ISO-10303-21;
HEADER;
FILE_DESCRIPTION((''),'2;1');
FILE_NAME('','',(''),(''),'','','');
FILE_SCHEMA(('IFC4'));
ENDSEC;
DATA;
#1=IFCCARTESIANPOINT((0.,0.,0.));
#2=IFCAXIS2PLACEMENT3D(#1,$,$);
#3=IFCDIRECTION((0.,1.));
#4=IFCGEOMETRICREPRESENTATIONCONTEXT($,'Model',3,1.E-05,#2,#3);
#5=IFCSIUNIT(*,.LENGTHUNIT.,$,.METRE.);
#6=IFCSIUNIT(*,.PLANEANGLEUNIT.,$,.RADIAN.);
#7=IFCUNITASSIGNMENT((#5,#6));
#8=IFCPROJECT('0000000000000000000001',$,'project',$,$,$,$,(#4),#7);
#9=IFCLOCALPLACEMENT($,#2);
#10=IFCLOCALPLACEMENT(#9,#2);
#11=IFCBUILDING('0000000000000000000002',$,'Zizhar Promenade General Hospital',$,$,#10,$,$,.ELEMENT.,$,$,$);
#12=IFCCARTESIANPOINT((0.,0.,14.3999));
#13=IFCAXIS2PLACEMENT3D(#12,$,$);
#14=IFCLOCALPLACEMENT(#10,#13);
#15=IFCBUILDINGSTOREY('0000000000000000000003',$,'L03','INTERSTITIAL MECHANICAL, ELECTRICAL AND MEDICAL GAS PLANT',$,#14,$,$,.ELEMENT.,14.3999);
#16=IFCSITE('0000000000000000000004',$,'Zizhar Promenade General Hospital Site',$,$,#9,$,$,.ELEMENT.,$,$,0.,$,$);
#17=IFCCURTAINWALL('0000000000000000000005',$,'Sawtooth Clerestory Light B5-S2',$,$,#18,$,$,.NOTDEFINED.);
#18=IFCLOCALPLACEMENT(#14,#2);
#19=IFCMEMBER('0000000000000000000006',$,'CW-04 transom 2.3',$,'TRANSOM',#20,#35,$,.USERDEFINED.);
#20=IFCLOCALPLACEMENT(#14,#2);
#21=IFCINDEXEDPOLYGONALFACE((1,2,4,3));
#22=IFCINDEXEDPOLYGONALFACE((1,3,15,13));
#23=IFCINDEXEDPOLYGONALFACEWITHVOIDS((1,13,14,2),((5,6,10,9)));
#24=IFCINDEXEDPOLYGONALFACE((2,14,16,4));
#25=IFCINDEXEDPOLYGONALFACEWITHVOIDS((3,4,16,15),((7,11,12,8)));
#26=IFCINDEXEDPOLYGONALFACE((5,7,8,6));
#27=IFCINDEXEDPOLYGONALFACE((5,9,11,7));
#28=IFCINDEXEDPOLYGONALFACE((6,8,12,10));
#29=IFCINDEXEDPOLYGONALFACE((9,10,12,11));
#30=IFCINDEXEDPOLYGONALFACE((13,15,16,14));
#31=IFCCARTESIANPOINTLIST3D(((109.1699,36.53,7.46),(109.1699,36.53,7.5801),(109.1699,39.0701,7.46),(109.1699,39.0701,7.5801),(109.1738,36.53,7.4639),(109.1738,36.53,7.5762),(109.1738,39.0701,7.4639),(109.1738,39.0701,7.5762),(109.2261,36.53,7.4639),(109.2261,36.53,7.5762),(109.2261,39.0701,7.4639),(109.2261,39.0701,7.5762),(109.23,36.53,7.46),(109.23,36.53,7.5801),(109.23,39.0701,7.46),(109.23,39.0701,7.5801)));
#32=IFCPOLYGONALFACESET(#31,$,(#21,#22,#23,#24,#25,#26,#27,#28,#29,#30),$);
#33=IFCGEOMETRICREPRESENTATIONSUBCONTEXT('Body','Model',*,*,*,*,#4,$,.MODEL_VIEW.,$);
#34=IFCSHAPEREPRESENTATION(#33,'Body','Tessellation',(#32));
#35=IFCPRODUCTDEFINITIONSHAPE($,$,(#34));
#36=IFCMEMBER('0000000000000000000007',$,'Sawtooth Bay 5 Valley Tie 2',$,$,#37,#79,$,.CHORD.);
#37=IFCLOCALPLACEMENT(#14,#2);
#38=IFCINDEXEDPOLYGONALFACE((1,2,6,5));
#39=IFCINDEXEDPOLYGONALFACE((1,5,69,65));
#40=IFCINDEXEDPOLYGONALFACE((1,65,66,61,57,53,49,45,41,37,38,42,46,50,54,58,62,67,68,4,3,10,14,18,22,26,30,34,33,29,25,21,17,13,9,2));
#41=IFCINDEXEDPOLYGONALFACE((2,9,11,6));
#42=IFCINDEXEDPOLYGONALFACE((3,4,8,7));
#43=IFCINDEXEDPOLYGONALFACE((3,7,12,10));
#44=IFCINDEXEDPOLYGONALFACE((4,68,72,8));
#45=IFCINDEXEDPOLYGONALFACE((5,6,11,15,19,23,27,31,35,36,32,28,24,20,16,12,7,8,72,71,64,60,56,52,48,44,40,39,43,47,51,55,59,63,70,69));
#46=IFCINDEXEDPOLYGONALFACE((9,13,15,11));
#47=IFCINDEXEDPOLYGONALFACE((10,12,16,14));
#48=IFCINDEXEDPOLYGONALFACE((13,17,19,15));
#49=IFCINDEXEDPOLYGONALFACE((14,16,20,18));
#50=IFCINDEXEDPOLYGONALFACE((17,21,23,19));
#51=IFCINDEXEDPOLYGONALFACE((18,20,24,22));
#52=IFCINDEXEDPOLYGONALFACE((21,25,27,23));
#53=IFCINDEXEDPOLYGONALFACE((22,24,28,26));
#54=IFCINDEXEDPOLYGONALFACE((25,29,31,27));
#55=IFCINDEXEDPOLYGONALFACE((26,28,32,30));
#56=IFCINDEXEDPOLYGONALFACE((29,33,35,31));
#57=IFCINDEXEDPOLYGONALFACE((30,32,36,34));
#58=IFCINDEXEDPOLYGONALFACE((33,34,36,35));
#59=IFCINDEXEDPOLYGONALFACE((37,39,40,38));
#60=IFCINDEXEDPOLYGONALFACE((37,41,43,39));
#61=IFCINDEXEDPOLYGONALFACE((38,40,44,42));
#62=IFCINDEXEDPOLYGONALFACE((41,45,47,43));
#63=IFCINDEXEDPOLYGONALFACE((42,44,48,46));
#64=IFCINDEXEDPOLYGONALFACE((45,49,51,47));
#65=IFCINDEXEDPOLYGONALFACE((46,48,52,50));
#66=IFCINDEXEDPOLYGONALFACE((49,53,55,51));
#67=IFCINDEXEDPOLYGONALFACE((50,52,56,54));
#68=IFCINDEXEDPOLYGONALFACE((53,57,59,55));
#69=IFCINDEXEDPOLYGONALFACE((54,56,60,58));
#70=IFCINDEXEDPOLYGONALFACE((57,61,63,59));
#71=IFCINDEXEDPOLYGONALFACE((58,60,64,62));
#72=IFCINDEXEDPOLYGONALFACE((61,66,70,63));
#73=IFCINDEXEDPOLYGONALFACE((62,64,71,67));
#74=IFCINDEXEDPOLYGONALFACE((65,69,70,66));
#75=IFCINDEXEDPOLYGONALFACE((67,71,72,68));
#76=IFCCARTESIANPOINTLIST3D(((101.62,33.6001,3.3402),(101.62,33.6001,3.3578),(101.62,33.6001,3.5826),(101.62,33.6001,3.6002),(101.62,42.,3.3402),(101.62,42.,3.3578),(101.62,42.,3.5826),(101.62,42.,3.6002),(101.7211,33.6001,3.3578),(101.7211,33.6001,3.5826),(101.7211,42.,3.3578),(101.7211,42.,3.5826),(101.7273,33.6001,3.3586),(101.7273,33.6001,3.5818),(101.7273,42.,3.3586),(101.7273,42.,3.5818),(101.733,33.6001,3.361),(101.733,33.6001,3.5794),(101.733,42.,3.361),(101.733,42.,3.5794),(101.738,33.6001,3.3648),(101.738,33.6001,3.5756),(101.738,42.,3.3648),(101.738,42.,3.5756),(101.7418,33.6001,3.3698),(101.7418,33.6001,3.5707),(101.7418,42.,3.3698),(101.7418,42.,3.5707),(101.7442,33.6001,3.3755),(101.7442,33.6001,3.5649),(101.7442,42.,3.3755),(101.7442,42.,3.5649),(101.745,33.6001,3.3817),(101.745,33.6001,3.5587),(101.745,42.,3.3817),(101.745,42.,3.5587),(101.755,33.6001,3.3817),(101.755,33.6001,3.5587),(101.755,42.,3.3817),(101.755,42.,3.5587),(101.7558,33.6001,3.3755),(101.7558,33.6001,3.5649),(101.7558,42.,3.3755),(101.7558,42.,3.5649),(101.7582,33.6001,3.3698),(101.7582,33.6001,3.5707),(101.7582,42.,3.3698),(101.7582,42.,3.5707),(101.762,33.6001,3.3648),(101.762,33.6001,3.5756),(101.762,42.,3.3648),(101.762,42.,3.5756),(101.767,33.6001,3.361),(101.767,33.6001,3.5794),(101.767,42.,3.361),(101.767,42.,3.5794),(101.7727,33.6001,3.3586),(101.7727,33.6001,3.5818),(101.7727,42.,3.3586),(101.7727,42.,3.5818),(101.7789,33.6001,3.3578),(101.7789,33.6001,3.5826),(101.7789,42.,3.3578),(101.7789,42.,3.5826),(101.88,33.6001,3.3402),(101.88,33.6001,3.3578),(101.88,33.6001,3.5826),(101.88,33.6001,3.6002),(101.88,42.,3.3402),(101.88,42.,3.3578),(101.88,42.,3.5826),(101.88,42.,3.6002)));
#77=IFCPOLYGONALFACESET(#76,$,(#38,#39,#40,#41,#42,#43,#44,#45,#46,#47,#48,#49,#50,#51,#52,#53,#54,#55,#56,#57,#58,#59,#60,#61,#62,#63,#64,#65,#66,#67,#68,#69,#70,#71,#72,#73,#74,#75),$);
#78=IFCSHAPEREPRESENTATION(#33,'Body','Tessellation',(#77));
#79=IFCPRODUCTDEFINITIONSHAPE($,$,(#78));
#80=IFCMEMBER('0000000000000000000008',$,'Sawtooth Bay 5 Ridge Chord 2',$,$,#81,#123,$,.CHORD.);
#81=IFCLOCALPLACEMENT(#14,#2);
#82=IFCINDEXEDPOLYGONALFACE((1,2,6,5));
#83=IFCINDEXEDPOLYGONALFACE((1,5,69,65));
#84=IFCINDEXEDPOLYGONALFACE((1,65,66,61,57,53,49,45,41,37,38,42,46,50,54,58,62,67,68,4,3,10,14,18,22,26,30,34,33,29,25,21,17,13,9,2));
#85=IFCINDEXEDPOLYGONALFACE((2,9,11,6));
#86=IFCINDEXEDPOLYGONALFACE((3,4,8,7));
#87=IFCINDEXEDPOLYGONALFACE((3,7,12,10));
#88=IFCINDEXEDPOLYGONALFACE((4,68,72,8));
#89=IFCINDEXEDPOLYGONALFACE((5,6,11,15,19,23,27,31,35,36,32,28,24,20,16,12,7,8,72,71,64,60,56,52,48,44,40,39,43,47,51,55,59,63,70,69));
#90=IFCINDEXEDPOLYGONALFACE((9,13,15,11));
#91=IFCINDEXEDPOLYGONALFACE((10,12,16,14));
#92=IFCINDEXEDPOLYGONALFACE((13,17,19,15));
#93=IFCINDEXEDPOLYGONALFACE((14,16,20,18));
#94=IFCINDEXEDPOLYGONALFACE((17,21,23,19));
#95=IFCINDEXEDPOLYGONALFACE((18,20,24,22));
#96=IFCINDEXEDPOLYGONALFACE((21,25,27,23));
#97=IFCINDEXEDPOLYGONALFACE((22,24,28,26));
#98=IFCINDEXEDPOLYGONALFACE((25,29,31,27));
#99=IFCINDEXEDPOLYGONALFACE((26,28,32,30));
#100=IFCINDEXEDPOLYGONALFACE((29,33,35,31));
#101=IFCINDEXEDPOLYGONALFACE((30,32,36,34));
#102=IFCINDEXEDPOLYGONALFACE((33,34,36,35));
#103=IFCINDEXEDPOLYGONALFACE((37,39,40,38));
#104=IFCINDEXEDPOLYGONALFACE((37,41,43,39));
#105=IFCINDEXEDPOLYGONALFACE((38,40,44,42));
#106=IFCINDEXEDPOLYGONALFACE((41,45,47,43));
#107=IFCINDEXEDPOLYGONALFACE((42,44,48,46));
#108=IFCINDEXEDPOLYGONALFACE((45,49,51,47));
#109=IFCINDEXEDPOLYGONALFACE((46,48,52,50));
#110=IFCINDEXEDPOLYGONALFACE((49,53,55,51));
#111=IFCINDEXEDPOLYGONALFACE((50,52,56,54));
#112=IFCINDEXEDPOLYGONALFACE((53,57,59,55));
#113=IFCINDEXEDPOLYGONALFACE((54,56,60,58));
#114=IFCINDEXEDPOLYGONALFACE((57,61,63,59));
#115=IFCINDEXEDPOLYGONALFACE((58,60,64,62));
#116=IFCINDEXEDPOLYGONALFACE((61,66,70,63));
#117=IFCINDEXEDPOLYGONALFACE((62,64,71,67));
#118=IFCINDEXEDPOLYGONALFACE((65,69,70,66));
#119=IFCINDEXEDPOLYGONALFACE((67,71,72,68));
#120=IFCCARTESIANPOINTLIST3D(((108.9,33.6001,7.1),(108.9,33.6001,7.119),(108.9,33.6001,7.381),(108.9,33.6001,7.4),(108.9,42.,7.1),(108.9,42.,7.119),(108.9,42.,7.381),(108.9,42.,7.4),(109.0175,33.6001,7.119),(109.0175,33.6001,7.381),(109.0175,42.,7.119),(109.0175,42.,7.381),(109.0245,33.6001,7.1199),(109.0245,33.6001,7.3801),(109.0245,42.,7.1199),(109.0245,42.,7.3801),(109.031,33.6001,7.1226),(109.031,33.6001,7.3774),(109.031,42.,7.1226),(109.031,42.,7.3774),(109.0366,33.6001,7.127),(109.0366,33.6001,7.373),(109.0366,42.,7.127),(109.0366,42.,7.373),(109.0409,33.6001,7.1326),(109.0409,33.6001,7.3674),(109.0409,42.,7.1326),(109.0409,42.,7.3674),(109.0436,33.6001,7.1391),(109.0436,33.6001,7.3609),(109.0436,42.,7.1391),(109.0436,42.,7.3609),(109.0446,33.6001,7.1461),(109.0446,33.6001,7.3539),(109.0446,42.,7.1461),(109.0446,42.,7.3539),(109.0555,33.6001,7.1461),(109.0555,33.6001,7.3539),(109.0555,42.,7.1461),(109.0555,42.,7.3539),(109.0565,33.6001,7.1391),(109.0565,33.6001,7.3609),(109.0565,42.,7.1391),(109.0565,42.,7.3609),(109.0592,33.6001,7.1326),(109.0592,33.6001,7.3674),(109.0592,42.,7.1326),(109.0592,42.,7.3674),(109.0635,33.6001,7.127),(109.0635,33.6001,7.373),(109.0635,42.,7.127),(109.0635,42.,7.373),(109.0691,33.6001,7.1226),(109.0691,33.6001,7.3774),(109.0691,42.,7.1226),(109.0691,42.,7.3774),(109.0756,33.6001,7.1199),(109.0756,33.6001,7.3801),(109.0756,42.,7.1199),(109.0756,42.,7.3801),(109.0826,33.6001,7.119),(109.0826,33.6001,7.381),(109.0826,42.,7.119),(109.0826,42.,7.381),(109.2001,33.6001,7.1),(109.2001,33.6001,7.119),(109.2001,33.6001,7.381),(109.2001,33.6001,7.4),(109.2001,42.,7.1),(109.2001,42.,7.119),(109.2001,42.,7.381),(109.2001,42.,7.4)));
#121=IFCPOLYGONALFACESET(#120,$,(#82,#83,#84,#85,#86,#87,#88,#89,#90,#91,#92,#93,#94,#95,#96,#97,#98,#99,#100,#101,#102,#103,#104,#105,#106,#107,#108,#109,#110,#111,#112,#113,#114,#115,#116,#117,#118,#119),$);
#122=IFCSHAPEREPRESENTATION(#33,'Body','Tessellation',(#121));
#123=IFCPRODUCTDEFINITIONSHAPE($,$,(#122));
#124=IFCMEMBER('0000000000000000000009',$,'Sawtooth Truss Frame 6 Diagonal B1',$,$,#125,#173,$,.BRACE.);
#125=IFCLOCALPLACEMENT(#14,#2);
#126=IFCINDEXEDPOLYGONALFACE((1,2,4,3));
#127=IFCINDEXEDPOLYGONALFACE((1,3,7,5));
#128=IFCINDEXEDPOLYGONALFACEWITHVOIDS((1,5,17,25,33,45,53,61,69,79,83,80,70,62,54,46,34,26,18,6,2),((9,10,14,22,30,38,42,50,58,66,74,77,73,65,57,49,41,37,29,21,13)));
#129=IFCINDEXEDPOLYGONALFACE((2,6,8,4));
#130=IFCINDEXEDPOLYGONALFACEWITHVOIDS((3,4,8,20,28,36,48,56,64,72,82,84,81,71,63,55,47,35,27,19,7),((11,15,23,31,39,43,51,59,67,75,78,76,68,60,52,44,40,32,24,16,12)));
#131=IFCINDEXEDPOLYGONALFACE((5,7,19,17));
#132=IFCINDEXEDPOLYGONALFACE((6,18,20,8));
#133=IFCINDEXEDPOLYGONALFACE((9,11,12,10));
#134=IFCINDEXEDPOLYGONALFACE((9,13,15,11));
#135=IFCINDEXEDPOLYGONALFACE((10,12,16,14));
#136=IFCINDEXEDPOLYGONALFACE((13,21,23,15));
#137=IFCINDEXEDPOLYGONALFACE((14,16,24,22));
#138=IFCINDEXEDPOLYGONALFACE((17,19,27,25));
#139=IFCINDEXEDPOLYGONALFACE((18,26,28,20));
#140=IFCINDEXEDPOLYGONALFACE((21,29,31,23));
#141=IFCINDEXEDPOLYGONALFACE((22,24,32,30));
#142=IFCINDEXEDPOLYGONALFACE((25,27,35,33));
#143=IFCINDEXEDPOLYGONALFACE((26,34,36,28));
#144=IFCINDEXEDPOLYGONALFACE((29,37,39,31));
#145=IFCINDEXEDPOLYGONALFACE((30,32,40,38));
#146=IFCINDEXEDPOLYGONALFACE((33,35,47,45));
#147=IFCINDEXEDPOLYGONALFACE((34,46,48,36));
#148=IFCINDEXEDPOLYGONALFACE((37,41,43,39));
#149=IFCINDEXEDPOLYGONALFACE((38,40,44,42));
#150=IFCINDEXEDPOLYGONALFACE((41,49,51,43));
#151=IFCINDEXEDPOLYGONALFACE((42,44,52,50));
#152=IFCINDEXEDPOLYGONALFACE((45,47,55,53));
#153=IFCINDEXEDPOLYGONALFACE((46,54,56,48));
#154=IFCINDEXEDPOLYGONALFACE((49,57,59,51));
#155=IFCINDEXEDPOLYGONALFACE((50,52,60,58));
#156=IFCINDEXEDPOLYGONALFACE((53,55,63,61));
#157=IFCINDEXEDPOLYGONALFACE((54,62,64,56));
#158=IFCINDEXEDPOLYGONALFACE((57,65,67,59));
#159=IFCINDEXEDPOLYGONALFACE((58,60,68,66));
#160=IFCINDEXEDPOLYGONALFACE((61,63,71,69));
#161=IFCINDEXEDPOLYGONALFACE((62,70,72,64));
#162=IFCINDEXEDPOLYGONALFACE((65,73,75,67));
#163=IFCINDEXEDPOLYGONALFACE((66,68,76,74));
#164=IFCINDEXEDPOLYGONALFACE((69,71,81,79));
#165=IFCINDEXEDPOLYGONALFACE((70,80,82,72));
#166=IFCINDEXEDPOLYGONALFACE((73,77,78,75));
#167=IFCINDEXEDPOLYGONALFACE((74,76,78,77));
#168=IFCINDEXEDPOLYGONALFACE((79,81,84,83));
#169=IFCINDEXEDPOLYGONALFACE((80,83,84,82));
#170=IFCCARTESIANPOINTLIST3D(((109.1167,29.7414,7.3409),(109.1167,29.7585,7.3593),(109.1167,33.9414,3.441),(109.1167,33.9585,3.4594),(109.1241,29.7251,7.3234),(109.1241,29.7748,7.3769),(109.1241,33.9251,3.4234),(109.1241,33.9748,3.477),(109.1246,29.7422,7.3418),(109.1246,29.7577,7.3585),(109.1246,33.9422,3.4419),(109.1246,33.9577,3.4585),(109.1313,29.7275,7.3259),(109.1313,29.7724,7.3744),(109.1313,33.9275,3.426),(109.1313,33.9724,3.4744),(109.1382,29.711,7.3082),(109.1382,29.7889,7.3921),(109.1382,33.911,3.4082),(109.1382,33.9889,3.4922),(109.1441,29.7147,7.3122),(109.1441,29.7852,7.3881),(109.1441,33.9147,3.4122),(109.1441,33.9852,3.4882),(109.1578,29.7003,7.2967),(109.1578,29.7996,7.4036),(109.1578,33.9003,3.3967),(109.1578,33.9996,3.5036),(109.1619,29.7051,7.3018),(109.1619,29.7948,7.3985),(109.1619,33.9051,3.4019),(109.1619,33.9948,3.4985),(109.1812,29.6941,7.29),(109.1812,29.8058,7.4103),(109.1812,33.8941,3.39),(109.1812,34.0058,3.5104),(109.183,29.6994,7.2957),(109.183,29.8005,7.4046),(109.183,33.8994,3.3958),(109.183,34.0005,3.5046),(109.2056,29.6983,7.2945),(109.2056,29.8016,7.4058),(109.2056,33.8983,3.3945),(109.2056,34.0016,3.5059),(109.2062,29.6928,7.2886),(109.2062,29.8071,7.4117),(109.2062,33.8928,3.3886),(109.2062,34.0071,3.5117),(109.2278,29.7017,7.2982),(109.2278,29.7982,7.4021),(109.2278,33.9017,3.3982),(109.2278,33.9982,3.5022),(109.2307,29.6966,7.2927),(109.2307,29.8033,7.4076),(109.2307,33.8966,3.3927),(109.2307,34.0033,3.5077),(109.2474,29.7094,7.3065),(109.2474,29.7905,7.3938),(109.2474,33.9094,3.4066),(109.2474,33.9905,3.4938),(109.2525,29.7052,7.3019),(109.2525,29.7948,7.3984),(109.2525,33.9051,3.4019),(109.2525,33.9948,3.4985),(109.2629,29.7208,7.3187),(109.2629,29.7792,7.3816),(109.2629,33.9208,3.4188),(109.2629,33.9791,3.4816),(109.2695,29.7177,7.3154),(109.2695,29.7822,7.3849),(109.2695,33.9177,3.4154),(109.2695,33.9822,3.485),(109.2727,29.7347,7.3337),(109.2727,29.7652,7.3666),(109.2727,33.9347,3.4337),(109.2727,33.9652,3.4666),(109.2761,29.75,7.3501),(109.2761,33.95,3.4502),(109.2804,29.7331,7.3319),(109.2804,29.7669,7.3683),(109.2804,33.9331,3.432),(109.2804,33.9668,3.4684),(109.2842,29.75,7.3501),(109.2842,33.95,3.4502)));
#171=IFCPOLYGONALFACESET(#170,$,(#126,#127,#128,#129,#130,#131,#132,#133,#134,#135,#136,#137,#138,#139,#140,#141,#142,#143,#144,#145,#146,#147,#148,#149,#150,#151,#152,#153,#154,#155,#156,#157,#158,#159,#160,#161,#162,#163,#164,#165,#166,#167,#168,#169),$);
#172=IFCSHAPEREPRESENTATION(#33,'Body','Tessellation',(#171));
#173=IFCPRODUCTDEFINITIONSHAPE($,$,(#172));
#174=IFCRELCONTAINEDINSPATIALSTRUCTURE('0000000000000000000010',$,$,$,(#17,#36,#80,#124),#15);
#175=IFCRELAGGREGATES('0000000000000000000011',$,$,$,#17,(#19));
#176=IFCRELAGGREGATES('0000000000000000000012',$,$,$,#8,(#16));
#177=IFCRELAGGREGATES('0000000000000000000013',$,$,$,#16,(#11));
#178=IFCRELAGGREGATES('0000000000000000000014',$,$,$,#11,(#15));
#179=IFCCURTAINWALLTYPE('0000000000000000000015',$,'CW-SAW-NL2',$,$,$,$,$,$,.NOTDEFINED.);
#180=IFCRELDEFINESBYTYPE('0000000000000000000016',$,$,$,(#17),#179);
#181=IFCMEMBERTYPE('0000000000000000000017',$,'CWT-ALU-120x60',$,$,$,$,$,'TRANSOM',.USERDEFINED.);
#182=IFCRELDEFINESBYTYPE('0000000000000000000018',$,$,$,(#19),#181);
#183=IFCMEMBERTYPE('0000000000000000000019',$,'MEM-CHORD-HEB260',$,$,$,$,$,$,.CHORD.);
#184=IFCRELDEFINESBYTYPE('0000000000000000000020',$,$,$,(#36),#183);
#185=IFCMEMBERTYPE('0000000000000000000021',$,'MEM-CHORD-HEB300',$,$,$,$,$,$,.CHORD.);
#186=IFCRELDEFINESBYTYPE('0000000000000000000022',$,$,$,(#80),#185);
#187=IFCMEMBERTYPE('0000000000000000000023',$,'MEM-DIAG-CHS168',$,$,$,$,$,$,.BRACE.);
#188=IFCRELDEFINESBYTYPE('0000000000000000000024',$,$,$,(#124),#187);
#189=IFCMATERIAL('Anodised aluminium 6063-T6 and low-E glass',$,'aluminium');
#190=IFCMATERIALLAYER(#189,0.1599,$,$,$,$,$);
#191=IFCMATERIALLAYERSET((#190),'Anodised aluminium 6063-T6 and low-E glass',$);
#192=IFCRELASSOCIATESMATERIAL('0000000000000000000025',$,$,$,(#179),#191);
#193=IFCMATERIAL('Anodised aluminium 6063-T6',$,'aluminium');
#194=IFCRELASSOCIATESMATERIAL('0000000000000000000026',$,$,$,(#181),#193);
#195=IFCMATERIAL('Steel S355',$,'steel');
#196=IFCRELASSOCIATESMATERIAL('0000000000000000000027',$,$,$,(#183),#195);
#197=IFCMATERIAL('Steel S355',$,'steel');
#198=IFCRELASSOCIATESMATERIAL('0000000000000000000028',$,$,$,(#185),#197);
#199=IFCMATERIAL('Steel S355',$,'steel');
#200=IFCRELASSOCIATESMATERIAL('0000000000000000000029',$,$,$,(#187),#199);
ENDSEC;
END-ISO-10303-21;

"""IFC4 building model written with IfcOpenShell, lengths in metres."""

from ifc_helpers import new_model, si_unit, direction, frame, origin, origin_2d, place, context, subcontext, project, spatial, hollow_rectangle, hollow_circle, i_section, extrude, material, layer, layer_set, material_profile, profile_set, type_object, element, aggregate, save


model = new_model("IFC4")

# Units and contexts
model_context = context("Model", 3, precision=1e-05, world=origin(), true_north=direction((0.0, 1.0)))
body_context = subcontext(model_context, "Body", "Model", "MODEL_VIEW")
ifc_project = project(units=[si_unit("LENGTHUNIT", "METRE"), si_unit("PLANEANGLEUNIT", "RADIAN")], contexts=[model_context])

# Site, building, storey
site_placement = place(None, origin())
site = spatial("IfcSite", under=ifc_project, at=site_placement, Name="Zizhar Promenade General Hospital Site", CompositionType="ELEMENT", RefElevation=0.0)
building_placement = place(site_placement, origin())
building = spatial("IfcBuilding", under=site, at=building_placement, Name="Zizhar Promenade General Hospital", CompositionType="ELEMENT")
storey_placement = place(building_placement, frame((0.0, 0.0, 14.3999)))
storey = spatial("IfcBuildingStorey", under=building, at=storey_placement, Name="L03", Description="INTERSTITIAL MECHANICAL, ELECTRICAL AND MEDICAL GAS PLANT", CompositionType="ELEMENT", Elevation=14.3999)

# Shared definitions
ifc_material_1 = material(Name="Anodised aluminium 6063-T6 and low-E glass", Category="aluminium")
ifc_layer_1 = layer(ifc_material_1, 0.1599)
ifc_layer_set_1 = layer_set([ifc_layer_1], Name="Anodised aluminium 6063-T6 and low-E glass")
curtain_wall_type = type_object("IfcCurtainWallType", Name="CW-SAW-NL2", PredefinedType="NOTDEFINED", material=ifc_layer_set_1)

# Curtain wall
curtain_wall_1_placement = place(storey_placement, origin())
curtain_wall_1 = element("IfcCurtainWall", 1, at=curtain_wall_1_placement, inside=storey, type_object=curtain_wall_type, Name="Sawtooth Clerestory Light B5-S2", PredefinedType="NOTDEFINED")

# Member
ifc_material_2 = material(Name="Anodised aluminium 6063-T6", Category="aluminium")
ifc_material_profile_1 = material_profile(ifc_material_2, hollow_rectangle(XDim=0.0601, YDim=0.1201, WallThickness=0.0039, at=origin_2d()))
ifc_profile_set_1 = profile_set([ifc_material_profile_1], Name="Anodised aluminium 6063-T6")
member_type_1 = type_object("IfcMemberType", Name="CWT-ALU-120x60", ElementType="TRANSOM", PredefinedType="USERDEFINED", material=ifc_profile_set_1)
member_1_placement = place(storey_placement, frame((109.2, 36.53, 7.52), z_axis=(0.0, 1.0, 0.0), x_axis=(-1.0, 0.0, 0.0)))
member_1 = element("IfcMember", 2, at=member_1_placement, type_object=member_type_1, Name="CW-04 transom 2.3", ObjectType="TRANSOM", PredefinedType="USERDEFINED", context=body_context, shape_type="SweptSolid", body=[
    extrude(hollow_rectangle(XDim=0.0601, YDim=0.1201, WallThickness=0.0039, at=origin_2d()), origin(), (0.0, 0.0, 1.0), 2.54),
])

# Members
ifc_material_3 = material(Name="Steel S355", Category="steel")
ifc_material_profile_2 = material_profile(ifc_material_3, i_section(OverallWidth=0.26, OverallDepth=0.26, WebThickness=0.01, FlangeThickness=0.0176, FilletRadius=0.0239, at=origin_2d()))
ifc_profile_set_2 = profile_set([ifc_material_profile_2], Name="Steel S355")
member_type_2 = type_object("IfcMemberType", Name="MEM-CHORD-HEB260", PredefinedType="CHORD", material=ifc_profile_set_2)
member_2_placement = place(storey_placement, frame((101.75, 33.6001, 3.4702), z_axis=(0.0, 1.0, 0.0), x_axis=(-1.0, 0.0, 0.0)))
element("IfcMember", 3, at=member_2_placement, inside=storey, type_object=member_type_2, Name="Sawtooth Bay 5 Valley Tie 2", PredefinedType="CHORD", context=body_context, shape_type="SweptSolid", body=[
    extrude(i_section(OverallWidth=0.26, OverallDepth=0.26, WebThickness=0.01, FlangeThickness=0.0176, FilletRadius=0.0239, at=origin_2d()), origin(), (0.0, 0.0, 1.0), 8.3999),
])
ifc_material_4 = material(Name="Steel S355", Category="steel")
ifc_material_profile_3 = material_profile(ifc_material_4, i_section(OverallWidth=0.3, OverallDepth=0.3, WebThickness=0.011, FlangeThickness=0.019, FilletRadius=0.0271, at=origin_2d()))
ifc_profile_set_3 = profile_set([ifc_material_profile_3], Name="Steel S355")
member_type_3 = type_object("IfcMemberType", Name="MEM-CHORD-HEB300", PredefinedType="CHORD", material=ifc_profile_set_3)
member_3_placement = place(storey_placement, frame((109.05, 33.6001, 7.25), z_axis=(0.0, 1.0, 0.0), x_axis=(-1.0, 0.0, 0.0)))
element("IfcMember", 4, at=member_3_placement, inside=storey, type_object=member_type_3, Name="Sawtooth Bay 5 Ridge Chord 2", PredefinedType="CHORD", context=body_context, shape_type="SweptSolid", body=[
    extrude(i_section(OverallWidth=0.3, OverallDepth=0.3, WebThickness=0.011, FlangeThickness=0.019, FilletRadius=0.0271, at=origin_2d()), origin(), (0.0, 0.0, 1.0), 8.3999),
])
ifc_material_5 = material(Name="Steel S355", Category="steel")
ifc_material_profile_4 = material_profile(ifc_material_5, hollow_circle(Radius=0.0842, WallThickness=0.0081, at=origin_2d()))
ifc_profile_set_4 = profile_set([ifc_material_profile_4], Name="Steel S355")
member_type_4 = type_object("IfcMemberType", Name="MEM-DIAG-CHS168", PredefinedType="BRACE", material=ifc_profile_set_4)
member_4_placement = place(storey_placement, frame((109.2, 33.95, 3.4502), z_axis=(0.0, -0.732798, 0.680446), x_axis=(1.0, 0.0, 0.0)))
element("IfcMember", 5, at=member_4_placement, inside=storey, type_object=member_type_4, Name="Sawtooth Truss Frame 6 Diagonal B1", PredefinedType="BRACE", context=body_context, shape_type="SweptSolid", body=[
    extrude(hollow_circle(Radius=0.0842, WallThickness=0.0081, at=origin_2d()), origin(), (0.0, 0.0, 1.0), 5.7314),
])

aggregate(curtain_wall_1, [member_1])

save(model, "model.ifc")
